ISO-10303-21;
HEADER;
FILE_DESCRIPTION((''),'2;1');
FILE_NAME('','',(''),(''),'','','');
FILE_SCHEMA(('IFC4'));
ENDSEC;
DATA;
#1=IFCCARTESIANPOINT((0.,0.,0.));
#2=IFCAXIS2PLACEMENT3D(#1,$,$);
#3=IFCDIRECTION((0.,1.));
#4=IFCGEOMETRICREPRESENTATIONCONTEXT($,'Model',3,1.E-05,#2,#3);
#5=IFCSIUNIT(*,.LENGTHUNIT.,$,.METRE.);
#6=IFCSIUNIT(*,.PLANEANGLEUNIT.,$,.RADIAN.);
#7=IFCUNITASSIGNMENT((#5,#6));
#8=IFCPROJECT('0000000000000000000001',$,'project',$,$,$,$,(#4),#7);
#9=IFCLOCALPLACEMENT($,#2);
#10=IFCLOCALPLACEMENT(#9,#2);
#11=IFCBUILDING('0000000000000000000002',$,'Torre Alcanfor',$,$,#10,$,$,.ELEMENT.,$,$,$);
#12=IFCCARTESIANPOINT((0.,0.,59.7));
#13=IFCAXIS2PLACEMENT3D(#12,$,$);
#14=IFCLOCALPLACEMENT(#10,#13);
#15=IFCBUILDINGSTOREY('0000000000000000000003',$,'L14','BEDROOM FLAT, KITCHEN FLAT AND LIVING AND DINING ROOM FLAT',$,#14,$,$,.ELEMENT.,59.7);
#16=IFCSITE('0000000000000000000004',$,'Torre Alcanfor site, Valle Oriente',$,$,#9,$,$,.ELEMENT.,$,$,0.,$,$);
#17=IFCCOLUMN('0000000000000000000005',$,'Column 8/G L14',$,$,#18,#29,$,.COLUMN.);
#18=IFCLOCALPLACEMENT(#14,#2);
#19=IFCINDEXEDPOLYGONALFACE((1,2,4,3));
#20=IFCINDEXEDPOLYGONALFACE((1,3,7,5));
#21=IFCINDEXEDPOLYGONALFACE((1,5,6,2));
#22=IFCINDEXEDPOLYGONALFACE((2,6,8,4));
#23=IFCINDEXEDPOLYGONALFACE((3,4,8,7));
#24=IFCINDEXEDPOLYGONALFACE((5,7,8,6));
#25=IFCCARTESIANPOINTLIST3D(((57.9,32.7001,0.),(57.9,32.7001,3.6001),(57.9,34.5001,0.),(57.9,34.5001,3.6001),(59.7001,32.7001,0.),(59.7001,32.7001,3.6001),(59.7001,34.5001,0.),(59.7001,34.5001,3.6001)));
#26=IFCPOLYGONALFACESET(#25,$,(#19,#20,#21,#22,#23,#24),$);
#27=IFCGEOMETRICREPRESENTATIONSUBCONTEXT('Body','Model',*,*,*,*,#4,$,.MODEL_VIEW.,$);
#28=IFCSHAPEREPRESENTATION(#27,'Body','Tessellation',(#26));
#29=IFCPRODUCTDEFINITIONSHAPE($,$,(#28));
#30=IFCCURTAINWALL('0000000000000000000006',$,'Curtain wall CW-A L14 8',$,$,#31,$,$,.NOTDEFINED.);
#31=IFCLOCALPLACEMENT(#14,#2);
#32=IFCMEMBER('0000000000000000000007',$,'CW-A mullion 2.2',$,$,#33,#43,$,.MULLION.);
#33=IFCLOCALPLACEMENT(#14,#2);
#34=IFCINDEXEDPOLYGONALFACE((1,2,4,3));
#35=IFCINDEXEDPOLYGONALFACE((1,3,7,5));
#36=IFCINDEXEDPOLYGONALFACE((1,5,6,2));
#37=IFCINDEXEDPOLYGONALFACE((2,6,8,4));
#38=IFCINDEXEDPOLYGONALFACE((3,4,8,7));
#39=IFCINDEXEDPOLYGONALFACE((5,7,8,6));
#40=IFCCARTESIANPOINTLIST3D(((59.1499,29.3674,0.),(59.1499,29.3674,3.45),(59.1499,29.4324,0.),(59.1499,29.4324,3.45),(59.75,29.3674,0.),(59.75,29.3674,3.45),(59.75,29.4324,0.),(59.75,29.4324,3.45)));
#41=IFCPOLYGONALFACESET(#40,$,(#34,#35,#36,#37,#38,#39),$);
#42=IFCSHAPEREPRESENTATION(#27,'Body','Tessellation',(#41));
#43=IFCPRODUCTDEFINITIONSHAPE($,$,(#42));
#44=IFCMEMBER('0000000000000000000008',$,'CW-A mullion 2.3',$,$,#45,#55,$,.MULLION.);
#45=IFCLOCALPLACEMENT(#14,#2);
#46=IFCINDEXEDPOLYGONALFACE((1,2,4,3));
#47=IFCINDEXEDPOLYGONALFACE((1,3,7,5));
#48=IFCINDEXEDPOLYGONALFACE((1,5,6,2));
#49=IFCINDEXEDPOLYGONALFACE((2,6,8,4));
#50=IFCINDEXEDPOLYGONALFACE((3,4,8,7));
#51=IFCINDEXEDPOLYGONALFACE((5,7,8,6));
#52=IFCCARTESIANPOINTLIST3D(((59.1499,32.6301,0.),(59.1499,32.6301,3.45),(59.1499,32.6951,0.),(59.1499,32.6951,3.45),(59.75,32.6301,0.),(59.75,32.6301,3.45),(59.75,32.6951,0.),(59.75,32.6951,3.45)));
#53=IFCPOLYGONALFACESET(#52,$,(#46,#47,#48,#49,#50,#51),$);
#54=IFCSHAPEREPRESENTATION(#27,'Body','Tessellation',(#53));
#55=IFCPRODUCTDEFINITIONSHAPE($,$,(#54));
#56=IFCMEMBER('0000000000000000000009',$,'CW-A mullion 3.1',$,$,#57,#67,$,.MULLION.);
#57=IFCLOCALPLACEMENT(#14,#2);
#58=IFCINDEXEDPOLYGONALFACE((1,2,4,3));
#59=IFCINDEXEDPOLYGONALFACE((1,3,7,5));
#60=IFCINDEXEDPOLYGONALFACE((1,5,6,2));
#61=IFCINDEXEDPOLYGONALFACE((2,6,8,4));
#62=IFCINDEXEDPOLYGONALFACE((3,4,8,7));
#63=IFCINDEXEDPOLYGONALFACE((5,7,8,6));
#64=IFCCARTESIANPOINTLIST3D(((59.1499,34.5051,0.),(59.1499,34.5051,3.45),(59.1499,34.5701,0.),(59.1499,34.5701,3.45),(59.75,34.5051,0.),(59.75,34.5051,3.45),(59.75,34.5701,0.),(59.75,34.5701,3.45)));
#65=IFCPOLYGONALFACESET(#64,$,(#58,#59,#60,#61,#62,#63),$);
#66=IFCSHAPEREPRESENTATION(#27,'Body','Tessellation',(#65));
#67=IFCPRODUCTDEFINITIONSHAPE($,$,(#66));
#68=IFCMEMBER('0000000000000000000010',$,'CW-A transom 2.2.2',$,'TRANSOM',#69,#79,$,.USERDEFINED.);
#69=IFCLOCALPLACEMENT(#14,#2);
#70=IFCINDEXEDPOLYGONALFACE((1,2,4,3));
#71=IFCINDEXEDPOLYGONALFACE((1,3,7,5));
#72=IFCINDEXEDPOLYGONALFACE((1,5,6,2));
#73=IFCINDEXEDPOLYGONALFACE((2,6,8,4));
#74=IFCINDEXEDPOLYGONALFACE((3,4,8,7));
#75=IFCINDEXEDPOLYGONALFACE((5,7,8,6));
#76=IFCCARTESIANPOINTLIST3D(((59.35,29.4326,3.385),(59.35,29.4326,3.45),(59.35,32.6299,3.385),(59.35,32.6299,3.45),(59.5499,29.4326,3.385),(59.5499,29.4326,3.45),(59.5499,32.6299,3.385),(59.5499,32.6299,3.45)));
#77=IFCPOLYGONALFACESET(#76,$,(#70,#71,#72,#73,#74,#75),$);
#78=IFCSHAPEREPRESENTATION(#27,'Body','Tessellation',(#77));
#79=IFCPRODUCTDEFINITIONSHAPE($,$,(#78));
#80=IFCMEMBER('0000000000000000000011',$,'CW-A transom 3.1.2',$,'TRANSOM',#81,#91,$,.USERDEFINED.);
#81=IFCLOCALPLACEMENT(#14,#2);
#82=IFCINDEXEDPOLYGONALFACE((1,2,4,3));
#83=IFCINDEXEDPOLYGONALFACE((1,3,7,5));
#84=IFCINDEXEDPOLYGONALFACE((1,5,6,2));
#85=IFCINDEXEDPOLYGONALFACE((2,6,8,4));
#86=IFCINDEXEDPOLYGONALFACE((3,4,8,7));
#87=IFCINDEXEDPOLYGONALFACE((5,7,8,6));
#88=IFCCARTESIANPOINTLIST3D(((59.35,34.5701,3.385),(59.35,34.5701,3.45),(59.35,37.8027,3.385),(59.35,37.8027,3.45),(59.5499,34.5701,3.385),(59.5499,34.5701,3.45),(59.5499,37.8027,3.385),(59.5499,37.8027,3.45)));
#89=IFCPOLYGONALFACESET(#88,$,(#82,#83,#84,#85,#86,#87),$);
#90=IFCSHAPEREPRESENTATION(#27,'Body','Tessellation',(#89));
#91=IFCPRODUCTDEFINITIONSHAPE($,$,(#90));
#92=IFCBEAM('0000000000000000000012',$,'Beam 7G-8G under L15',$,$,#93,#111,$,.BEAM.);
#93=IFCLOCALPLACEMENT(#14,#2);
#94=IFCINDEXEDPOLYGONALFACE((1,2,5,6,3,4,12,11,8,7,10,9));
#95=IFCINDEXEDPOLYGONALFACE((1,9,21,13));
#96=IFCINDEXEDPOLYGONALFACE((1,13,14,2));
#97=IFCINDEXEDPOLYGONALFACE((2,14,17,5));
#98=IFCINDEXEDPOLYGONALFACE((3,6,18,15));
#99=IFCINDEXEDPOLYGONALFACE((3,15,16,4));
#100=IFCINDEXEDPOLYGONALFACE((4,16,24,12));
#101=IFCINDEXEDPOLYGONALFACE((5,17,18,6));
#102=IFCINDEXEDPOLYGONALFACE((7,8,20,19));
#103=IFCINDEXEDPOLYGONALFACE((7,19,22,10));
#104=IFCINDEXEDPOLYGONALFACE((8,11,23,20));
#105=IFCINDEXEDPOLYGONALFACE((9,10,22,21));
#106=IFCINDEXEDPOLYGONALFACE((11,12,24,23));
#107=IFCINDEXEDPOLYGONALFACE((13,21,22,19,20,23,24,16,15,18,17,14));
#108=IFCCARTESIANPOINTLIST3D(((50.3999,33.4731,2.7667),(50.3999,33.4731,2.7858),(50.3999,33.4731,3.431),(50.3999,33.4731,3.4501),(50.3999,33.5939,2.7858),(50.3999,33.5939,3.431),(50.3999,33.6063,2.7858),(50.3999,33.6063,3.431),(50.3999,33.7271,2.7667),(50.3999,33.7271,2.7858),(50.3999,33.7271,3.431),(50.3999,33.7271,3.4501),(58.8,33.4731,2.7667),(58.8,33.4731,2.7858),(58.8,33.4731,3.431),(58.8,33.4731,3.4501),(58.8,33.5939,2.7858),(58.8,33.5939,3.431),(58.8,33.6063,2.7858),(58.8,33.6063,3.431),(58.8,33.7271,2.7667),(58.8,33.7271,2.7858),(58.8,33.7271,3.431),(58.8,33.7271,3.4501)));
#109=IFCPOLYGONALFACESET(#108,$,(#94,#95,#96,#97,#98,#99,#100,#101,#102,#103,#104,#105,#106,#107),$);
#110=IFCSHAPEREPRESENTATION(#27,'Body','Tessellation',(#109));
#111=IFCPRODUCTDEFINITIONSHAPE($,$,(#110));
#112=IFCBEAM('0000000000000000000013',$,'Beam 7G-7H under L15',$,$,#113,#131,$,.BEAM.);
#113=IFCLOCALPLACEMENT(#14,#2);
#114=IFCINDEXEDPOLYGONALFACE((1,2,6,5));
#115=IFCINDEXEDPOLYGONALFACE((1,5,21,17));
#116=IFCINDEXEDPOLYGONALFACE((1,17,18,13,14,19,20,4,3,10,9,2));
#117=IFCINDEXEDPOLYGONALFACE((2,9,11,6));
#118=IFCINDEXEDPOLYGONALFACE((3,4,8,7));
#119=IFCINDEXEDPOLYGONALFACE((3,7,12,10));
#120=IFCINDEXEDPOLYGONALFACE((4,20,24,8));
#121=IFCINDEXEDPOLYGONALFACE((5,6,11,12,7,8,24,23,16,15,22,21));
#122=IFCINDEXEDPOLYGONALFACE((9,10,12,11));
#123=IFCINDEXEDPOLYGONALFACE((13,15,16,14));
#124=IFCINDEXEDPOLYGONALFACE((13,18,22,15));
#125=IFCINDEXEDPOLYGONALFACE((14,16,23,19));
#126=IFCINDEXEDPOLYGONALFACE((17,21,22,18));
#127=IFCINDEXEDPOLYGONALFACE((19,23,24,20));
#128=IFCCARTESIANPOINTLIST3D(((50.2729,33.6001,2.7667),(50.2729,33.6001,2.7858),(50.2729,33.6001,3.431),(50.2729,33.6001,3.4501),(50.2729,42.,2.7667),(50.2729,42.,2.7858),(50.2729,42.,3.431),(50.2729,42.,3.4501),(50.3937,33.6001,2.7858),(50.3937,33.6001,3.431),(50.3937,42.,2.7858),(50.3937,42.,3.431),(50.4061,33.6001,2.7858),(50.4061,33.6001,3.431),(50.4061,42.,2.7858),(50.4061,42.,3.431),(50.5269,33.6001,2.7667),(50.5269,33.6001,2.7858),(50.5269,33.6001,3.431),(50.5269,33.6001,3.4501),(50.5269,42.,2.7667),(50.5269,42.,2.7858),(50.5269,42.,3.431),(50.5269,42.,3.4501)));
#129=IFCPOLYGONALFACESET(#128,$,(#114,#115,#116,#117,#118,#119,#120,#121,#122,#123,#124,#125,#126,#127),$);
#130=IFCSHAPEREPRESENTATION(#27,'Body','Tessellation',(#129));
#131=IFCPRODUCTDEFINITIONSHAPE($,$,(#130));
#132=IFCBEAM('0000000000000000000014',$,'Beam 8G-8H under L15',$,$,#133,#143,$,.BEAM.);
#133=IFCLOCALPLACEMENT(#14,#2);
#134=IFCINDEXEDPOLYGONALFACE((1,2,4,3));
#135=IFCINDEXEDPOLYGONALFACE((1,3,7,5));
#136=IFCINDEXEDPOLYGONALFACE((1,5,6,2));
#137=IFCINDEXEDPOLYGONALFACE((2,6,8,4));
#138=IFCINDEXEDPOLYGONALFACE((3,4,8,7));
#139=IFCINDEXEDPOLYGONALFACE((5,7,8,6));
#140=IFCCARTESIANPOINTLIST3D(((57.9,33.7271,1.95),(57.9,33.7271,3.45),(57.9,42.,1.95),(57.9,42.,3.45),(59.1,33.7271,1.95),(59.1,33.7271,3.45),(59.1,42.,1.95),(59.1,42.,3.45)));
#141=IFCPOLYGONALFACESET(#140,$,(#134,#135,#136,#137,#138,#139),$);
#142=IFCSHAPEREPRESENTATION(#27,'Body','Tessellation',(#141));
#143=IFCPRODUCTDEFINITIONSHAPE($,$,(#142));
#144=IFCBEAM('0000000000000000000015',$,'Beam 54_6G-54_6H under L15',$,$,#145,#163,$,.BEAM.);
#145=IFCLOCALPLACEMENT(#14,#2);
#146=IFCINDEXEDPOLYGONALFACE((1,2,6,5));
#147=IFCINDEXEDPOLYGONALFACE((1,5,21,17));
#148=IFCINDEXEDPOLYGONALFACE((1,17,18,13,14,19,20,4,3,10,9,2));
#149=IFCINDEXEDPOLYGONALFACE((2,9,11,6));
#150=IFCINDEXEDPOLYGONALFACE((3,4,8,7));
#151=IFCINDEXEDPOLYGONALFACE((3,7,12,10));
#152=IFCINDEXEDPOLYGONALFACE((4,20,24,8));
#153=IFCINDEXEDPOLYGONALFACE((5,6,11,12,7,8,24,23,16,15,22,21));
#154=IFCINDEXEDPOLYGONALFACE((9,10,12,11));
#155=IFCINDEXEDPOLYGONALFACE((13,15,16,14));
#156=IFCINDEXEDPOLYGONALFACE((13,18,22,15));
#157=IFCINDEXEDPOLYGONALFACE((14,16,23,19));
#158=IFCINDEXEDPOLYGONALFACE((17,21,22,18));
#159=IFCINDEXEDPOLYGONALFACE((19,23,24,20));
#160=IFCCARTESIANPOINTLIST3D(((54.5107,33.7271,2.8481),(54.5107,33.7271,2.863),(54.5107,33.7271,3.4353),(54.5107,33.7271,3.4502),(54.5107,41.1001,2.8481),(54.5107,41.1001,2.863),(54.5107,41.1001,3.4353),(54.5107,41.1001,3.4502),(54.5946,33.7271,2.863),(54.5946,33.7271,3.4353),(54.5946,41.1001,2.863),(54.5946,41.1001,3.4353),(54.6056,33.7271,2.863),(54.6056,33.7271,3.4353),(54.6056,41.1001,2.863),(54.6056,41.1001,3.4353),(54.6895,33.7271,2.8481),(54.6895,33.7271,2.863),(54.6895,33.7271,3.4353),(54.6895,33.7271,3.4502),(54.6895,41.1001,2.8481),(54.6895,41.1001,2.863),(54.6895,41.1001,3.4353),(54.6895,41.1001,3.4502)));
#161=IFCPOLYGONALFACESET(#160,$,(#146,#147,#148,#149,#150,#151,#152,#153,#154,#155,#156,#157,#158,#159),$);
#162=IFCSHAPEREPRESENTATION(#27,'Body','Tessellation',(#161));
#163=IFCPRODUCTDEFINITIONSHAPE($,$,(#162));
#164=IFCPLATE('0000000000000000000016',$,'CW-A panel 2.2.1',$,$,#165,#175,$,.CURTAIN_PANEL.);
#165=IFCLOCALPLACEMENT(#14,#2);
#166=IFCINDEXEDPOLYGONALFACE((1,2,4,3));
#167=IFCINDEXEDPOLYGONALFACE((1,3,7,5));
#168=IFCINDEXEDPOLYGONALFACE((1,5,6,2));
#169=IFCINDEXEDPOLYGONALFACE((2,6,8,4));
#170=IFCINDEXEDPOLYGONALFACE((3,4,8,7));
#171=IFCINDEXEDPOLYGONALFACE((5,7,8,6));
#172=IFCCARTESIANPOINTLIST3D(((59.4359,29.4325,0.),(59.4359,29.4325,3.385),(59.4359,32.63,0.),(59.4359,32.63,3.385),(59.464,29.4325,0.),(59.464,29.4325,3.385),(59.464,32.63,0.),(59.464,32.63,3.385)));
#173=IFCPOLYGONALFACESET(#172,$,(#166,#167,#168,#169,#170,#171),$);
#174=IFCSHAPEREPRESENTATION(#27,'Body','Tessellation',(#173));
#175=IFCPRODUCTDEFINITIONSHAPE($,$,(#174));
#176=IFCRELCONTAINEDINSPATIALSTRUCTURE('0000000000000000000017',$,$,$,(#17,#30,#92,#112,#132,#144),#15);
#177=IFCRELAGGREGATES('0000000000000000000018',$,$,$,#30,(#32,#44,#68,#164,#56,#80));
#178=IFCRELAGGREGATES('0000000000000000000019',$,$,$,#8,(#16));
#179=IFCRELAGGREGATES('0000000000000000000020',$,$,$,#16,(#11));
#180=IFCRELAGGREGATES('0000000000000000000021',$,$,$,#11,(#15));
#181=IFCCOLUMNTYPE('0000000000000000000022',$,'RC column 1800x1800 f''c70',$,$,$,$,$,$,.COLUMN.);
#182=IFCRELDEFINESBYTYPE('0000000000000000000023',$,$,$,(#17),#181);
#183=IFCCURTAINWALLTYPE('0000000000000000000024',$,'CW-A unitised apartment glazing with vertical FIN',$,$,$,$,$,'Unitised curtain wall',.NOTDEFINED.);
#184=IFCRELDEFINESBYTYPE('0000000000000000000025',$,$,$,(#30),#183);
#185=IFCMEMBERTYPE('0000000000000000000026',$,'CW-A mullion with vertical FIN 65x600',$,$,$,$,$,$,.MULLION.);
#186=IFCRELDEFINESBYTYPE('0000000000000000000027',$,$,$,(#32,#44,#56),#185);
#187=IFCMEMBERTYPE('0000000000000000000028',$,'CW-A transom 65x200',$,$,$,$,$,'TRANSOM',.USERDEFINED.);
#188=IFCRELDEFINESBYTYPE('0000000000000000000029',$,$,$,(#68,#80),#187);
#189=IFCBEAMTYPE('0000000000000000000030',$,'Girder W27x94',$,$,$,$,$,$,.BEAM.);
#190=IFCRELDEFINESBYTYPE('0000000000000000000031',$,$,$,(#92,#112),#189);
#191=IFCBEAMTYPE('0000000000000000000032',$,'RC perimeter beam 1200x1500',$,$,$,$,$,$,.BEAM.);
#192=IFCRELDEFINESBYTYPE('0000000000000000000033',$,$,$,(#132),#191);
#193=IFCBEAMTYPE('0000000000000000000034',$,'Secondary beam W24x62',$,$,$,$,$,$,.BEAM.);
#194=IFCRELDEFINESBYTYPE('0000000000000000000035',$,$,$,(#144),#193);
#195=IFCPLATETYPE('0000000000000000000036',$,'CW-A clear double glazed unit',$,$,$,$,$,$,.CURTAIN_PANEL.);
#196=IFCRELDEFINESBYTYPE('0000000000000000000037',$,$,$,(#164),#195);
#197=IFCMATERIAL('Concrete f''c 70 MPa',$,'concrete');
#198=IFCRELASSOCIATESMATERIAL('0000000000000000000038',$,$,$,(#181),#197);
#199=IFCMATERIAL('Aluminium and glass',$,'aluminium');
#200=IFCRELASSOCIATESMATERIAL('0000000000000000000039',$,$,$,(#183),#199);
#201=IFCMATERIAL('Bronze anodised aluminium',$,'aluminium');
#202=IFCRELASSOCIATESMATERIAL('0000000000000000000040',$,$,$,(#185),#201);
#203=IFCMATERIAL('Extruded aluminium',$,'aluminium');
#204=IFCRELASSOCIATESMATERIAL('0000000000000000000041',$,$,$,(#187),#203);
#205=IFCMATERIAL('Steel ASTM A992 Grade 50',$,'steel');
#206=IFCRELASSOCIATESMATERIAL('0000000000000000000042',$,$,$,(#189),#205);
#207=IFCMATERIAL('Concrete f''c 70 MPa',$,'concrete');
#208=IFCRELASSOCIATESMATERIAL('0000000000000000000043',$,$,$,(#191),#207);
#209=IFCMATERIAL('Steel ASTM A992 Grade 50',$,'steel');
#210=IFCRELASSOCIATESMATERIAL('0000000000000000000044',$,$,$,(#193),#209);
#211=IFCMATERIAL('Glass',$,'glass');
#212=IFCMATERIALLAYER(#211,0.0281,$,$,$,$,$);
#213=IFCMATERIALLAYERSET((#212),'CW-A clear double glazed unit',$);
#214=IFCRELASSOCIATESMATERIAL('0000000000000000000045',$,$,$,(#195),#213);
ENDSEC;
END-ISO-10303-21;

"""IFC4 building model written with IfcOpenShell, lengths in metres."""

from ifc_helpers import new_model, si_unit, direction, frame, origin, origin_2d, place, context, subcontext, project, spatial, rectangle, i_section, extrude, material, layer, layer_set, material_profile, profile_set, type_object, element, aggregate, save


model = new_model("IFC4")

# Units and contexts
model_context = context("Model", 3, precision=1e-05, world=origin(), true_north=direction((0.0, 1.0)))
body_context = subcontext(model_context, "Body", "Model", "MODEL_VIEW")
ifc_project = project(units=[si_unit("LENGTHUNIT", "METRE"), si_unit("PLANEANGLEUNIT", "RADIAN")], contexts=[model_context])

# Site, building, storey
site_placement = place(None, origin())
site = spatial("IfcSite", under=ifc_project, at=site_placement, Name="Torre Alcanfor site, Valle Oriente", CompositionType="ELEMENT", RefElevation=0.0)
building_placement = place(site_placement, origin())
building = spatial("IfcBuilding", under=site, at=building_placement, Name="Torre Alcanfor", CompositionType="ELEMENT")
storey_placement = place(building_placement, frame((0.0, 0.0, 59.7)))
storey = spatial("IfcBuildingStorey", under=building, at=storey_placement, Name="L14", Description="BEDROOM FLAT, KITCHEN FLAT AND LIVING AND DINING ROOM FLAT", CompositionType="ELEMENT", Elevation=59.7)

# Column
ifc_material_1 = material(Name="Concrete f'c 70 MPa", Category="concrete")
ifc_material_profile_1 = material_profile(ifc_material_1, rectangle(XDim=1.8, YDim=1.8, at=origin_2d()), Name="1800x1800")
ifc_profile_set_1 = profile_set([ifc_material_profile_1], Name="Concrete f'c 70 MPa")
column_type = type_object("IfcColumnType", Name="RC column 1800x1800 f'c70", PredefinedType="COLUMN", material=ifc_profile_set_1)
column_placement = place(storey_placement, frame((58.8, 33.6001, 0.0), z_axis=(0.0, 0.0, 1.0), x_axis=(1.0, 0.0, 0.0)))
element("IfcColumn", 1, at=column_placement, inside=storey, type_object=column_type, Name="Column 8/G L14", PredefinedType="COLUMN", context=body_context, shape_type="SweptSolid", body=[
    extrude(rectangle(XDim=1.8, YDim=1.8, at=origin_2d()), origin(), (0.0, 0.0, 1.0), 3.6001),
])

# Curtain wall, members
ifc_material_2 = material(Name="Aluminium and glass", Category="aluminium")
curtain_wall_type = type_object("IfcCurtainWallType", Name="CW-A unitised apartment glazing with vertical FIN", ElementType="Unitised curtain wall", PredefinedType="NOTDEFINED", material=ifc_material_2)
curtain_wall_placement = place(storey_placement, origin())
curtain_wall = element("IfcCurtainWall", 2, at=curtain_wall_placement, inside=storey, type_object=curtain_wall_type, Name="Curtain wall CW-A L14 8", PredefinedType="NOTDEFINED")
ifc_material_3 = material(Name="Bronze anodised aluminium", Category="aluminium")
ifc_material_profile_2 = material_profile(ifc_material_3, rectangle(XDim=0.6001, YDim=0.0649, at=origin_2d()), Name="CW-A mullion 65x600")
ifc_profile_set_2 = profile_set([ifc_material_profile_2], Name="Bronze anodised aluminium")
member_type_1 = type_object("IfcMemberType", Name="CW-A mullion with vertical FIN 65x600", PredefinedType="MULLION", material=ifc_profile_set_2)
member_1_placement = place(storey_placement, frame((59.45, 29.3999, 0.0), z_axis=(0.0, 0.0, 1.0), x_axis=(-1.0, 0.0, 0.0)))
member_1 = element("IfcMember", 3, at=member_1_placement, type_object=member_type_1, Name="CW-A mullion 2.2", PredefinedType="MULLION", context=body_context, shape_type="SweptSolid", body=[
    extrude(rectangle(XDim=0.6001, YDim=0.0649, at=origin_2d()), origin(), (0.0, 0.0, 1.0), 3.45),
])
member_2_placement = place(storey_placement, frame((59.45, 32.6626, 0.0), z_axis=(0.0, 0.0, 1.0), x_axis=(-1.0, 0.0, 0.0)))
member_2 = element("IfcMember", 4, at=member_2_placement, type_object=member_type_1, Name="CW-A mullion 2.3", PredefinedType="MULLION", context=body_context, shape_type="SweptSolid", body=[
    extrude(rectangle(XDim=0.6001, YDim=0.0649, at=origin_2d()), origin(), (0.0, 0.0, 1.0), 3.45),
])
member_3_placement = place(storey_placement, frame((59.45, 34.5376, 0.0), z_axis=(0.0, 0.0, 1.0), x_axis=(-1.0, 0.0, 0.0)))
member_3 = element("IfcMember", 5, at=member_3_placement, type_object=member_type_1, Name="CW-A mullion 3.1", PredefinedType="MULLION", context=body_context, shape_type="SweptSolid", body=[
    extrude(rectangle(XDim=0.6001, YDim=0.0649, at=origin_2d()), origin(), (0.0, 0.0, 1.0), 3.45),
])
ifc_material_4 = material(Name="Extruded aluminium", Category="aluminium")
ifc_material_profile_3 = material_profile(ifc_material_4, rectangle(XDim=0.2, YDim=0.0649, at=origin_2d()), Name="CW-A transom 200x65")
ifc_profile_set_3 = profile_set([ifc_material_profile_3], Name="Extruded aluminium")
member_type_2 = type_object("IfcMemberType", Name="CW-A transom 65x200", ElementType="TRANSOM", PredefinedType="USERDEFINED", material=ifc_profile_set_3)
member_4_placement = place(storey_placement, frame((59.45, 29.4326, 3.4175), z_axis=(0.0, 1.0, 0.0), x_axis=(-1.0, 0.0, 0.0)))
member_4 = element("IfcMember", 6, at=member_4_placement, type_object=member_type_2, Name="CW-A transom 2.2.2", ObjectType="TRANSOM", PredefinedType="USERDEFINED", context=body_context, shape_type="SweptSolid", body=[
    extrude(rectangle(XDim=0.2, YDim=0.0649, at=origin_2d()), origin(), (0.0, 0.0, 1.0), 3.1973),
])
member_5_placement = place(storey_placement, frame((59.45, 34.5701, 3.4175), z_axis=(0.0, 1.0, 0.0), x_axis=(-1.0, 0.0, 0.0)))
member_5 = element("IfcMember", 7, at=member_5_placement, type_object=member_type_2, Name="CW-A transom 3.1.2", ObjectType="TRANSOM", PredefinedType="USERDEFINED", context=body_context, shape_type="SweptSolid", body=[
    extrude(rectangle(XDim=0.2, YDim=0.0649, at=origin_2d()), origin(), (0.0, 0.0, 1.0), 3.2327),
])

# Beams
ifc_material_5 = material(Name="Steel ASTM A992 Grade 50", Category="steel")
ifc_material_profile_4 = material_profile(ifc_material_5, i_section(OverallWidth=0.2539, OverallDepth=0.6833, WebThickness=0.0125, FlangeThickness=0.019, at=origin_2d()), Name="W27x94")
ifc_profile_set_4 = profile_set([ifc_material_profile_4], Name="Steel ASTM A992 Grade 50")
beam_type_1 = type_object("IfcBeamType", Name="Girder W27x94", PredefinedType="BEAM", material=ifc_profile_set_4)
beam_1_placement = place(storey_placement, frame((50.3999, 33.6001, 3.1084), z_axis=(1.0, 0.0, 0.0), x_axis=(0.0, 1.0, 0.0)))
element("IfcBeam", 8, at=beam_1_placement, inside=storey, type_object=beam_type_1, Name="Beam 7G-8G under L15", PredefinedType="BEAM", context=body_context, shape_type="SweptSolid", body=[
    extrude(i_section(OverallWidth=0.2539, OverallDepth=0.6833, WebThickness=0.0125, FlangeThickness=0.019, at=origin_2d()), origin(), (0.0, 0.0, 1.0), 8.4001),
])
beam_2_placement = place(storey_placement, frame((50.3999, 33.6001, 3.1084), z_axis=(0.0, 1.0, 0.0), x_axis=(-1.0, 0.0, 0.0)))
element("IfcBeam", 9, at=beam_2_placement, inside=storey, type_object=beam_type_1, Name="Beam 7G-7H under L15", PredefinedType="BEAM", context=body_context, shape_type="SweptSolid", body=[
    extrude(i_section(OverallWidth=0.2539, OverallDepth=0.6833, WebThickness=0.0125, FlangeThickness=0.019, at=origin_2d()), origin(), (0.0, 0.0, 1.0), 8.3999),
])
ifc_material_6 = material(Name="Concrete f'c 70 MPa", Category="concrete")
ifc_material_profile_5 = material_profile(ifc_material_6, rectangle(XDim=1.2, YDim=1.5, at=origin_2d()), Name="1200x1500")
ifc_profile_set_5 = profile_set([ifc_material_profile_5], Name="Concrete f'c 70 MPa")
beam_type_2 = type_object("IfcBeamType", Name="RC perimeter beam 1200x1500", PredefinedType="BEAM", material=ifc_profile_set_5)
beam_3_placement = place(storey_placement, frame((58.5, 33.7271, 2.7), z_axis=(0.0, 1.0, 0.0), x_axis=(-1.0, 0.0, 0.0)))
element("IfcBeam", 10, at=beam_3_placement, inside=storey, type_object=beam_type_2, Name="Beam 8G-8H under L15", PredefinedType="BEAM", context=body_context, shape_type="SweptSolid", body=[
    extrude(rectangle(XDim=1.2, YDim=1.5, at=origin_2d()), origin(), (0.0, 0.0, 1.0), 8.2729),
])
ifc_material_7 = material(Name="Steel ASTM A992 Grade 50", Category="steel")
ifc_material_profile_6 = material_profile(ifc_material_7, i_section(OverallWidth=0.1787, OverallDepth=0.6021, WebThickness=0.011, FlangeThickness=0.0149, at=origin_2d()), Name="W24x62")
ifc_profile_set_6 = profile_set([ifc_material_profile_6], Name="Steel ASTM A992 Grade 50")
beam_type_3 = type_object("IfcBeamType", Name="Secondary beam W24x62", PredefinedType="BEAM", material=ifc_profile_set_6)
beam_4_placement = place(storey_placement, frame((54.6001, 33.7271, 3.1492), z_axis=(0.0, 1.0, 0.0), x_axis=(-1.0, 0.0, 0.0)))
element("IfcBeam", 11, at=beam_4_placement, inside=storey, type_object=beam_type_3, Name="Beam 54_6G-54_6H under L15", PredefinedType="BEAM", context=body_context, shape_type="SweptSolid", body=[
    extrude(i_section(OverallWidth=0.1787, OverallDepth=0.6021, WebThickness=0.011, FlangeThickness=0.0149, at=origin_2d()), origin(), (0.0, 0.0, 1.0), 7.373),
])

# Plate
ifc_material_8 = material(Name="Glass", Category="glass")
ifc_layer_1 = layer(ifc_material_8, 0.0281)
ifc_layer_set_1 = layer_set([ifc_layer_1], Name="CW-A clear double glazed unit")
plate_type = type_object("IfcPlateType", Name="CW-A clear double glazed unit", PredefinedType="CURTAIN_PANEL", material=ifc_layer_set_1)
plate_placement = place(storey_placement, frame((59.45, 31.0312, 0.0), z_axis=(0.0, 0.0, 1.0), x_axis=(0.0, 1.0, 0.0)))
plate = element("IfcPlate", 12, at=plate_placement, type_object=plate_type, Name="CW-A panel 2.2.1", PredefinedType="CURTAIN_PANEL", context=body_context, shape_type="SweptSolid", body=[
    extrude(rectangle(XDim=3.1975, YDim=0.0281, at=origin_2d()), origin(), (0.0, 0.0, 1.0), 3.385),
])
aggregate(curtain_wall, [member_1, member_2, member_4, plate, member_3, member_5])

save(model, "model.ifc")
